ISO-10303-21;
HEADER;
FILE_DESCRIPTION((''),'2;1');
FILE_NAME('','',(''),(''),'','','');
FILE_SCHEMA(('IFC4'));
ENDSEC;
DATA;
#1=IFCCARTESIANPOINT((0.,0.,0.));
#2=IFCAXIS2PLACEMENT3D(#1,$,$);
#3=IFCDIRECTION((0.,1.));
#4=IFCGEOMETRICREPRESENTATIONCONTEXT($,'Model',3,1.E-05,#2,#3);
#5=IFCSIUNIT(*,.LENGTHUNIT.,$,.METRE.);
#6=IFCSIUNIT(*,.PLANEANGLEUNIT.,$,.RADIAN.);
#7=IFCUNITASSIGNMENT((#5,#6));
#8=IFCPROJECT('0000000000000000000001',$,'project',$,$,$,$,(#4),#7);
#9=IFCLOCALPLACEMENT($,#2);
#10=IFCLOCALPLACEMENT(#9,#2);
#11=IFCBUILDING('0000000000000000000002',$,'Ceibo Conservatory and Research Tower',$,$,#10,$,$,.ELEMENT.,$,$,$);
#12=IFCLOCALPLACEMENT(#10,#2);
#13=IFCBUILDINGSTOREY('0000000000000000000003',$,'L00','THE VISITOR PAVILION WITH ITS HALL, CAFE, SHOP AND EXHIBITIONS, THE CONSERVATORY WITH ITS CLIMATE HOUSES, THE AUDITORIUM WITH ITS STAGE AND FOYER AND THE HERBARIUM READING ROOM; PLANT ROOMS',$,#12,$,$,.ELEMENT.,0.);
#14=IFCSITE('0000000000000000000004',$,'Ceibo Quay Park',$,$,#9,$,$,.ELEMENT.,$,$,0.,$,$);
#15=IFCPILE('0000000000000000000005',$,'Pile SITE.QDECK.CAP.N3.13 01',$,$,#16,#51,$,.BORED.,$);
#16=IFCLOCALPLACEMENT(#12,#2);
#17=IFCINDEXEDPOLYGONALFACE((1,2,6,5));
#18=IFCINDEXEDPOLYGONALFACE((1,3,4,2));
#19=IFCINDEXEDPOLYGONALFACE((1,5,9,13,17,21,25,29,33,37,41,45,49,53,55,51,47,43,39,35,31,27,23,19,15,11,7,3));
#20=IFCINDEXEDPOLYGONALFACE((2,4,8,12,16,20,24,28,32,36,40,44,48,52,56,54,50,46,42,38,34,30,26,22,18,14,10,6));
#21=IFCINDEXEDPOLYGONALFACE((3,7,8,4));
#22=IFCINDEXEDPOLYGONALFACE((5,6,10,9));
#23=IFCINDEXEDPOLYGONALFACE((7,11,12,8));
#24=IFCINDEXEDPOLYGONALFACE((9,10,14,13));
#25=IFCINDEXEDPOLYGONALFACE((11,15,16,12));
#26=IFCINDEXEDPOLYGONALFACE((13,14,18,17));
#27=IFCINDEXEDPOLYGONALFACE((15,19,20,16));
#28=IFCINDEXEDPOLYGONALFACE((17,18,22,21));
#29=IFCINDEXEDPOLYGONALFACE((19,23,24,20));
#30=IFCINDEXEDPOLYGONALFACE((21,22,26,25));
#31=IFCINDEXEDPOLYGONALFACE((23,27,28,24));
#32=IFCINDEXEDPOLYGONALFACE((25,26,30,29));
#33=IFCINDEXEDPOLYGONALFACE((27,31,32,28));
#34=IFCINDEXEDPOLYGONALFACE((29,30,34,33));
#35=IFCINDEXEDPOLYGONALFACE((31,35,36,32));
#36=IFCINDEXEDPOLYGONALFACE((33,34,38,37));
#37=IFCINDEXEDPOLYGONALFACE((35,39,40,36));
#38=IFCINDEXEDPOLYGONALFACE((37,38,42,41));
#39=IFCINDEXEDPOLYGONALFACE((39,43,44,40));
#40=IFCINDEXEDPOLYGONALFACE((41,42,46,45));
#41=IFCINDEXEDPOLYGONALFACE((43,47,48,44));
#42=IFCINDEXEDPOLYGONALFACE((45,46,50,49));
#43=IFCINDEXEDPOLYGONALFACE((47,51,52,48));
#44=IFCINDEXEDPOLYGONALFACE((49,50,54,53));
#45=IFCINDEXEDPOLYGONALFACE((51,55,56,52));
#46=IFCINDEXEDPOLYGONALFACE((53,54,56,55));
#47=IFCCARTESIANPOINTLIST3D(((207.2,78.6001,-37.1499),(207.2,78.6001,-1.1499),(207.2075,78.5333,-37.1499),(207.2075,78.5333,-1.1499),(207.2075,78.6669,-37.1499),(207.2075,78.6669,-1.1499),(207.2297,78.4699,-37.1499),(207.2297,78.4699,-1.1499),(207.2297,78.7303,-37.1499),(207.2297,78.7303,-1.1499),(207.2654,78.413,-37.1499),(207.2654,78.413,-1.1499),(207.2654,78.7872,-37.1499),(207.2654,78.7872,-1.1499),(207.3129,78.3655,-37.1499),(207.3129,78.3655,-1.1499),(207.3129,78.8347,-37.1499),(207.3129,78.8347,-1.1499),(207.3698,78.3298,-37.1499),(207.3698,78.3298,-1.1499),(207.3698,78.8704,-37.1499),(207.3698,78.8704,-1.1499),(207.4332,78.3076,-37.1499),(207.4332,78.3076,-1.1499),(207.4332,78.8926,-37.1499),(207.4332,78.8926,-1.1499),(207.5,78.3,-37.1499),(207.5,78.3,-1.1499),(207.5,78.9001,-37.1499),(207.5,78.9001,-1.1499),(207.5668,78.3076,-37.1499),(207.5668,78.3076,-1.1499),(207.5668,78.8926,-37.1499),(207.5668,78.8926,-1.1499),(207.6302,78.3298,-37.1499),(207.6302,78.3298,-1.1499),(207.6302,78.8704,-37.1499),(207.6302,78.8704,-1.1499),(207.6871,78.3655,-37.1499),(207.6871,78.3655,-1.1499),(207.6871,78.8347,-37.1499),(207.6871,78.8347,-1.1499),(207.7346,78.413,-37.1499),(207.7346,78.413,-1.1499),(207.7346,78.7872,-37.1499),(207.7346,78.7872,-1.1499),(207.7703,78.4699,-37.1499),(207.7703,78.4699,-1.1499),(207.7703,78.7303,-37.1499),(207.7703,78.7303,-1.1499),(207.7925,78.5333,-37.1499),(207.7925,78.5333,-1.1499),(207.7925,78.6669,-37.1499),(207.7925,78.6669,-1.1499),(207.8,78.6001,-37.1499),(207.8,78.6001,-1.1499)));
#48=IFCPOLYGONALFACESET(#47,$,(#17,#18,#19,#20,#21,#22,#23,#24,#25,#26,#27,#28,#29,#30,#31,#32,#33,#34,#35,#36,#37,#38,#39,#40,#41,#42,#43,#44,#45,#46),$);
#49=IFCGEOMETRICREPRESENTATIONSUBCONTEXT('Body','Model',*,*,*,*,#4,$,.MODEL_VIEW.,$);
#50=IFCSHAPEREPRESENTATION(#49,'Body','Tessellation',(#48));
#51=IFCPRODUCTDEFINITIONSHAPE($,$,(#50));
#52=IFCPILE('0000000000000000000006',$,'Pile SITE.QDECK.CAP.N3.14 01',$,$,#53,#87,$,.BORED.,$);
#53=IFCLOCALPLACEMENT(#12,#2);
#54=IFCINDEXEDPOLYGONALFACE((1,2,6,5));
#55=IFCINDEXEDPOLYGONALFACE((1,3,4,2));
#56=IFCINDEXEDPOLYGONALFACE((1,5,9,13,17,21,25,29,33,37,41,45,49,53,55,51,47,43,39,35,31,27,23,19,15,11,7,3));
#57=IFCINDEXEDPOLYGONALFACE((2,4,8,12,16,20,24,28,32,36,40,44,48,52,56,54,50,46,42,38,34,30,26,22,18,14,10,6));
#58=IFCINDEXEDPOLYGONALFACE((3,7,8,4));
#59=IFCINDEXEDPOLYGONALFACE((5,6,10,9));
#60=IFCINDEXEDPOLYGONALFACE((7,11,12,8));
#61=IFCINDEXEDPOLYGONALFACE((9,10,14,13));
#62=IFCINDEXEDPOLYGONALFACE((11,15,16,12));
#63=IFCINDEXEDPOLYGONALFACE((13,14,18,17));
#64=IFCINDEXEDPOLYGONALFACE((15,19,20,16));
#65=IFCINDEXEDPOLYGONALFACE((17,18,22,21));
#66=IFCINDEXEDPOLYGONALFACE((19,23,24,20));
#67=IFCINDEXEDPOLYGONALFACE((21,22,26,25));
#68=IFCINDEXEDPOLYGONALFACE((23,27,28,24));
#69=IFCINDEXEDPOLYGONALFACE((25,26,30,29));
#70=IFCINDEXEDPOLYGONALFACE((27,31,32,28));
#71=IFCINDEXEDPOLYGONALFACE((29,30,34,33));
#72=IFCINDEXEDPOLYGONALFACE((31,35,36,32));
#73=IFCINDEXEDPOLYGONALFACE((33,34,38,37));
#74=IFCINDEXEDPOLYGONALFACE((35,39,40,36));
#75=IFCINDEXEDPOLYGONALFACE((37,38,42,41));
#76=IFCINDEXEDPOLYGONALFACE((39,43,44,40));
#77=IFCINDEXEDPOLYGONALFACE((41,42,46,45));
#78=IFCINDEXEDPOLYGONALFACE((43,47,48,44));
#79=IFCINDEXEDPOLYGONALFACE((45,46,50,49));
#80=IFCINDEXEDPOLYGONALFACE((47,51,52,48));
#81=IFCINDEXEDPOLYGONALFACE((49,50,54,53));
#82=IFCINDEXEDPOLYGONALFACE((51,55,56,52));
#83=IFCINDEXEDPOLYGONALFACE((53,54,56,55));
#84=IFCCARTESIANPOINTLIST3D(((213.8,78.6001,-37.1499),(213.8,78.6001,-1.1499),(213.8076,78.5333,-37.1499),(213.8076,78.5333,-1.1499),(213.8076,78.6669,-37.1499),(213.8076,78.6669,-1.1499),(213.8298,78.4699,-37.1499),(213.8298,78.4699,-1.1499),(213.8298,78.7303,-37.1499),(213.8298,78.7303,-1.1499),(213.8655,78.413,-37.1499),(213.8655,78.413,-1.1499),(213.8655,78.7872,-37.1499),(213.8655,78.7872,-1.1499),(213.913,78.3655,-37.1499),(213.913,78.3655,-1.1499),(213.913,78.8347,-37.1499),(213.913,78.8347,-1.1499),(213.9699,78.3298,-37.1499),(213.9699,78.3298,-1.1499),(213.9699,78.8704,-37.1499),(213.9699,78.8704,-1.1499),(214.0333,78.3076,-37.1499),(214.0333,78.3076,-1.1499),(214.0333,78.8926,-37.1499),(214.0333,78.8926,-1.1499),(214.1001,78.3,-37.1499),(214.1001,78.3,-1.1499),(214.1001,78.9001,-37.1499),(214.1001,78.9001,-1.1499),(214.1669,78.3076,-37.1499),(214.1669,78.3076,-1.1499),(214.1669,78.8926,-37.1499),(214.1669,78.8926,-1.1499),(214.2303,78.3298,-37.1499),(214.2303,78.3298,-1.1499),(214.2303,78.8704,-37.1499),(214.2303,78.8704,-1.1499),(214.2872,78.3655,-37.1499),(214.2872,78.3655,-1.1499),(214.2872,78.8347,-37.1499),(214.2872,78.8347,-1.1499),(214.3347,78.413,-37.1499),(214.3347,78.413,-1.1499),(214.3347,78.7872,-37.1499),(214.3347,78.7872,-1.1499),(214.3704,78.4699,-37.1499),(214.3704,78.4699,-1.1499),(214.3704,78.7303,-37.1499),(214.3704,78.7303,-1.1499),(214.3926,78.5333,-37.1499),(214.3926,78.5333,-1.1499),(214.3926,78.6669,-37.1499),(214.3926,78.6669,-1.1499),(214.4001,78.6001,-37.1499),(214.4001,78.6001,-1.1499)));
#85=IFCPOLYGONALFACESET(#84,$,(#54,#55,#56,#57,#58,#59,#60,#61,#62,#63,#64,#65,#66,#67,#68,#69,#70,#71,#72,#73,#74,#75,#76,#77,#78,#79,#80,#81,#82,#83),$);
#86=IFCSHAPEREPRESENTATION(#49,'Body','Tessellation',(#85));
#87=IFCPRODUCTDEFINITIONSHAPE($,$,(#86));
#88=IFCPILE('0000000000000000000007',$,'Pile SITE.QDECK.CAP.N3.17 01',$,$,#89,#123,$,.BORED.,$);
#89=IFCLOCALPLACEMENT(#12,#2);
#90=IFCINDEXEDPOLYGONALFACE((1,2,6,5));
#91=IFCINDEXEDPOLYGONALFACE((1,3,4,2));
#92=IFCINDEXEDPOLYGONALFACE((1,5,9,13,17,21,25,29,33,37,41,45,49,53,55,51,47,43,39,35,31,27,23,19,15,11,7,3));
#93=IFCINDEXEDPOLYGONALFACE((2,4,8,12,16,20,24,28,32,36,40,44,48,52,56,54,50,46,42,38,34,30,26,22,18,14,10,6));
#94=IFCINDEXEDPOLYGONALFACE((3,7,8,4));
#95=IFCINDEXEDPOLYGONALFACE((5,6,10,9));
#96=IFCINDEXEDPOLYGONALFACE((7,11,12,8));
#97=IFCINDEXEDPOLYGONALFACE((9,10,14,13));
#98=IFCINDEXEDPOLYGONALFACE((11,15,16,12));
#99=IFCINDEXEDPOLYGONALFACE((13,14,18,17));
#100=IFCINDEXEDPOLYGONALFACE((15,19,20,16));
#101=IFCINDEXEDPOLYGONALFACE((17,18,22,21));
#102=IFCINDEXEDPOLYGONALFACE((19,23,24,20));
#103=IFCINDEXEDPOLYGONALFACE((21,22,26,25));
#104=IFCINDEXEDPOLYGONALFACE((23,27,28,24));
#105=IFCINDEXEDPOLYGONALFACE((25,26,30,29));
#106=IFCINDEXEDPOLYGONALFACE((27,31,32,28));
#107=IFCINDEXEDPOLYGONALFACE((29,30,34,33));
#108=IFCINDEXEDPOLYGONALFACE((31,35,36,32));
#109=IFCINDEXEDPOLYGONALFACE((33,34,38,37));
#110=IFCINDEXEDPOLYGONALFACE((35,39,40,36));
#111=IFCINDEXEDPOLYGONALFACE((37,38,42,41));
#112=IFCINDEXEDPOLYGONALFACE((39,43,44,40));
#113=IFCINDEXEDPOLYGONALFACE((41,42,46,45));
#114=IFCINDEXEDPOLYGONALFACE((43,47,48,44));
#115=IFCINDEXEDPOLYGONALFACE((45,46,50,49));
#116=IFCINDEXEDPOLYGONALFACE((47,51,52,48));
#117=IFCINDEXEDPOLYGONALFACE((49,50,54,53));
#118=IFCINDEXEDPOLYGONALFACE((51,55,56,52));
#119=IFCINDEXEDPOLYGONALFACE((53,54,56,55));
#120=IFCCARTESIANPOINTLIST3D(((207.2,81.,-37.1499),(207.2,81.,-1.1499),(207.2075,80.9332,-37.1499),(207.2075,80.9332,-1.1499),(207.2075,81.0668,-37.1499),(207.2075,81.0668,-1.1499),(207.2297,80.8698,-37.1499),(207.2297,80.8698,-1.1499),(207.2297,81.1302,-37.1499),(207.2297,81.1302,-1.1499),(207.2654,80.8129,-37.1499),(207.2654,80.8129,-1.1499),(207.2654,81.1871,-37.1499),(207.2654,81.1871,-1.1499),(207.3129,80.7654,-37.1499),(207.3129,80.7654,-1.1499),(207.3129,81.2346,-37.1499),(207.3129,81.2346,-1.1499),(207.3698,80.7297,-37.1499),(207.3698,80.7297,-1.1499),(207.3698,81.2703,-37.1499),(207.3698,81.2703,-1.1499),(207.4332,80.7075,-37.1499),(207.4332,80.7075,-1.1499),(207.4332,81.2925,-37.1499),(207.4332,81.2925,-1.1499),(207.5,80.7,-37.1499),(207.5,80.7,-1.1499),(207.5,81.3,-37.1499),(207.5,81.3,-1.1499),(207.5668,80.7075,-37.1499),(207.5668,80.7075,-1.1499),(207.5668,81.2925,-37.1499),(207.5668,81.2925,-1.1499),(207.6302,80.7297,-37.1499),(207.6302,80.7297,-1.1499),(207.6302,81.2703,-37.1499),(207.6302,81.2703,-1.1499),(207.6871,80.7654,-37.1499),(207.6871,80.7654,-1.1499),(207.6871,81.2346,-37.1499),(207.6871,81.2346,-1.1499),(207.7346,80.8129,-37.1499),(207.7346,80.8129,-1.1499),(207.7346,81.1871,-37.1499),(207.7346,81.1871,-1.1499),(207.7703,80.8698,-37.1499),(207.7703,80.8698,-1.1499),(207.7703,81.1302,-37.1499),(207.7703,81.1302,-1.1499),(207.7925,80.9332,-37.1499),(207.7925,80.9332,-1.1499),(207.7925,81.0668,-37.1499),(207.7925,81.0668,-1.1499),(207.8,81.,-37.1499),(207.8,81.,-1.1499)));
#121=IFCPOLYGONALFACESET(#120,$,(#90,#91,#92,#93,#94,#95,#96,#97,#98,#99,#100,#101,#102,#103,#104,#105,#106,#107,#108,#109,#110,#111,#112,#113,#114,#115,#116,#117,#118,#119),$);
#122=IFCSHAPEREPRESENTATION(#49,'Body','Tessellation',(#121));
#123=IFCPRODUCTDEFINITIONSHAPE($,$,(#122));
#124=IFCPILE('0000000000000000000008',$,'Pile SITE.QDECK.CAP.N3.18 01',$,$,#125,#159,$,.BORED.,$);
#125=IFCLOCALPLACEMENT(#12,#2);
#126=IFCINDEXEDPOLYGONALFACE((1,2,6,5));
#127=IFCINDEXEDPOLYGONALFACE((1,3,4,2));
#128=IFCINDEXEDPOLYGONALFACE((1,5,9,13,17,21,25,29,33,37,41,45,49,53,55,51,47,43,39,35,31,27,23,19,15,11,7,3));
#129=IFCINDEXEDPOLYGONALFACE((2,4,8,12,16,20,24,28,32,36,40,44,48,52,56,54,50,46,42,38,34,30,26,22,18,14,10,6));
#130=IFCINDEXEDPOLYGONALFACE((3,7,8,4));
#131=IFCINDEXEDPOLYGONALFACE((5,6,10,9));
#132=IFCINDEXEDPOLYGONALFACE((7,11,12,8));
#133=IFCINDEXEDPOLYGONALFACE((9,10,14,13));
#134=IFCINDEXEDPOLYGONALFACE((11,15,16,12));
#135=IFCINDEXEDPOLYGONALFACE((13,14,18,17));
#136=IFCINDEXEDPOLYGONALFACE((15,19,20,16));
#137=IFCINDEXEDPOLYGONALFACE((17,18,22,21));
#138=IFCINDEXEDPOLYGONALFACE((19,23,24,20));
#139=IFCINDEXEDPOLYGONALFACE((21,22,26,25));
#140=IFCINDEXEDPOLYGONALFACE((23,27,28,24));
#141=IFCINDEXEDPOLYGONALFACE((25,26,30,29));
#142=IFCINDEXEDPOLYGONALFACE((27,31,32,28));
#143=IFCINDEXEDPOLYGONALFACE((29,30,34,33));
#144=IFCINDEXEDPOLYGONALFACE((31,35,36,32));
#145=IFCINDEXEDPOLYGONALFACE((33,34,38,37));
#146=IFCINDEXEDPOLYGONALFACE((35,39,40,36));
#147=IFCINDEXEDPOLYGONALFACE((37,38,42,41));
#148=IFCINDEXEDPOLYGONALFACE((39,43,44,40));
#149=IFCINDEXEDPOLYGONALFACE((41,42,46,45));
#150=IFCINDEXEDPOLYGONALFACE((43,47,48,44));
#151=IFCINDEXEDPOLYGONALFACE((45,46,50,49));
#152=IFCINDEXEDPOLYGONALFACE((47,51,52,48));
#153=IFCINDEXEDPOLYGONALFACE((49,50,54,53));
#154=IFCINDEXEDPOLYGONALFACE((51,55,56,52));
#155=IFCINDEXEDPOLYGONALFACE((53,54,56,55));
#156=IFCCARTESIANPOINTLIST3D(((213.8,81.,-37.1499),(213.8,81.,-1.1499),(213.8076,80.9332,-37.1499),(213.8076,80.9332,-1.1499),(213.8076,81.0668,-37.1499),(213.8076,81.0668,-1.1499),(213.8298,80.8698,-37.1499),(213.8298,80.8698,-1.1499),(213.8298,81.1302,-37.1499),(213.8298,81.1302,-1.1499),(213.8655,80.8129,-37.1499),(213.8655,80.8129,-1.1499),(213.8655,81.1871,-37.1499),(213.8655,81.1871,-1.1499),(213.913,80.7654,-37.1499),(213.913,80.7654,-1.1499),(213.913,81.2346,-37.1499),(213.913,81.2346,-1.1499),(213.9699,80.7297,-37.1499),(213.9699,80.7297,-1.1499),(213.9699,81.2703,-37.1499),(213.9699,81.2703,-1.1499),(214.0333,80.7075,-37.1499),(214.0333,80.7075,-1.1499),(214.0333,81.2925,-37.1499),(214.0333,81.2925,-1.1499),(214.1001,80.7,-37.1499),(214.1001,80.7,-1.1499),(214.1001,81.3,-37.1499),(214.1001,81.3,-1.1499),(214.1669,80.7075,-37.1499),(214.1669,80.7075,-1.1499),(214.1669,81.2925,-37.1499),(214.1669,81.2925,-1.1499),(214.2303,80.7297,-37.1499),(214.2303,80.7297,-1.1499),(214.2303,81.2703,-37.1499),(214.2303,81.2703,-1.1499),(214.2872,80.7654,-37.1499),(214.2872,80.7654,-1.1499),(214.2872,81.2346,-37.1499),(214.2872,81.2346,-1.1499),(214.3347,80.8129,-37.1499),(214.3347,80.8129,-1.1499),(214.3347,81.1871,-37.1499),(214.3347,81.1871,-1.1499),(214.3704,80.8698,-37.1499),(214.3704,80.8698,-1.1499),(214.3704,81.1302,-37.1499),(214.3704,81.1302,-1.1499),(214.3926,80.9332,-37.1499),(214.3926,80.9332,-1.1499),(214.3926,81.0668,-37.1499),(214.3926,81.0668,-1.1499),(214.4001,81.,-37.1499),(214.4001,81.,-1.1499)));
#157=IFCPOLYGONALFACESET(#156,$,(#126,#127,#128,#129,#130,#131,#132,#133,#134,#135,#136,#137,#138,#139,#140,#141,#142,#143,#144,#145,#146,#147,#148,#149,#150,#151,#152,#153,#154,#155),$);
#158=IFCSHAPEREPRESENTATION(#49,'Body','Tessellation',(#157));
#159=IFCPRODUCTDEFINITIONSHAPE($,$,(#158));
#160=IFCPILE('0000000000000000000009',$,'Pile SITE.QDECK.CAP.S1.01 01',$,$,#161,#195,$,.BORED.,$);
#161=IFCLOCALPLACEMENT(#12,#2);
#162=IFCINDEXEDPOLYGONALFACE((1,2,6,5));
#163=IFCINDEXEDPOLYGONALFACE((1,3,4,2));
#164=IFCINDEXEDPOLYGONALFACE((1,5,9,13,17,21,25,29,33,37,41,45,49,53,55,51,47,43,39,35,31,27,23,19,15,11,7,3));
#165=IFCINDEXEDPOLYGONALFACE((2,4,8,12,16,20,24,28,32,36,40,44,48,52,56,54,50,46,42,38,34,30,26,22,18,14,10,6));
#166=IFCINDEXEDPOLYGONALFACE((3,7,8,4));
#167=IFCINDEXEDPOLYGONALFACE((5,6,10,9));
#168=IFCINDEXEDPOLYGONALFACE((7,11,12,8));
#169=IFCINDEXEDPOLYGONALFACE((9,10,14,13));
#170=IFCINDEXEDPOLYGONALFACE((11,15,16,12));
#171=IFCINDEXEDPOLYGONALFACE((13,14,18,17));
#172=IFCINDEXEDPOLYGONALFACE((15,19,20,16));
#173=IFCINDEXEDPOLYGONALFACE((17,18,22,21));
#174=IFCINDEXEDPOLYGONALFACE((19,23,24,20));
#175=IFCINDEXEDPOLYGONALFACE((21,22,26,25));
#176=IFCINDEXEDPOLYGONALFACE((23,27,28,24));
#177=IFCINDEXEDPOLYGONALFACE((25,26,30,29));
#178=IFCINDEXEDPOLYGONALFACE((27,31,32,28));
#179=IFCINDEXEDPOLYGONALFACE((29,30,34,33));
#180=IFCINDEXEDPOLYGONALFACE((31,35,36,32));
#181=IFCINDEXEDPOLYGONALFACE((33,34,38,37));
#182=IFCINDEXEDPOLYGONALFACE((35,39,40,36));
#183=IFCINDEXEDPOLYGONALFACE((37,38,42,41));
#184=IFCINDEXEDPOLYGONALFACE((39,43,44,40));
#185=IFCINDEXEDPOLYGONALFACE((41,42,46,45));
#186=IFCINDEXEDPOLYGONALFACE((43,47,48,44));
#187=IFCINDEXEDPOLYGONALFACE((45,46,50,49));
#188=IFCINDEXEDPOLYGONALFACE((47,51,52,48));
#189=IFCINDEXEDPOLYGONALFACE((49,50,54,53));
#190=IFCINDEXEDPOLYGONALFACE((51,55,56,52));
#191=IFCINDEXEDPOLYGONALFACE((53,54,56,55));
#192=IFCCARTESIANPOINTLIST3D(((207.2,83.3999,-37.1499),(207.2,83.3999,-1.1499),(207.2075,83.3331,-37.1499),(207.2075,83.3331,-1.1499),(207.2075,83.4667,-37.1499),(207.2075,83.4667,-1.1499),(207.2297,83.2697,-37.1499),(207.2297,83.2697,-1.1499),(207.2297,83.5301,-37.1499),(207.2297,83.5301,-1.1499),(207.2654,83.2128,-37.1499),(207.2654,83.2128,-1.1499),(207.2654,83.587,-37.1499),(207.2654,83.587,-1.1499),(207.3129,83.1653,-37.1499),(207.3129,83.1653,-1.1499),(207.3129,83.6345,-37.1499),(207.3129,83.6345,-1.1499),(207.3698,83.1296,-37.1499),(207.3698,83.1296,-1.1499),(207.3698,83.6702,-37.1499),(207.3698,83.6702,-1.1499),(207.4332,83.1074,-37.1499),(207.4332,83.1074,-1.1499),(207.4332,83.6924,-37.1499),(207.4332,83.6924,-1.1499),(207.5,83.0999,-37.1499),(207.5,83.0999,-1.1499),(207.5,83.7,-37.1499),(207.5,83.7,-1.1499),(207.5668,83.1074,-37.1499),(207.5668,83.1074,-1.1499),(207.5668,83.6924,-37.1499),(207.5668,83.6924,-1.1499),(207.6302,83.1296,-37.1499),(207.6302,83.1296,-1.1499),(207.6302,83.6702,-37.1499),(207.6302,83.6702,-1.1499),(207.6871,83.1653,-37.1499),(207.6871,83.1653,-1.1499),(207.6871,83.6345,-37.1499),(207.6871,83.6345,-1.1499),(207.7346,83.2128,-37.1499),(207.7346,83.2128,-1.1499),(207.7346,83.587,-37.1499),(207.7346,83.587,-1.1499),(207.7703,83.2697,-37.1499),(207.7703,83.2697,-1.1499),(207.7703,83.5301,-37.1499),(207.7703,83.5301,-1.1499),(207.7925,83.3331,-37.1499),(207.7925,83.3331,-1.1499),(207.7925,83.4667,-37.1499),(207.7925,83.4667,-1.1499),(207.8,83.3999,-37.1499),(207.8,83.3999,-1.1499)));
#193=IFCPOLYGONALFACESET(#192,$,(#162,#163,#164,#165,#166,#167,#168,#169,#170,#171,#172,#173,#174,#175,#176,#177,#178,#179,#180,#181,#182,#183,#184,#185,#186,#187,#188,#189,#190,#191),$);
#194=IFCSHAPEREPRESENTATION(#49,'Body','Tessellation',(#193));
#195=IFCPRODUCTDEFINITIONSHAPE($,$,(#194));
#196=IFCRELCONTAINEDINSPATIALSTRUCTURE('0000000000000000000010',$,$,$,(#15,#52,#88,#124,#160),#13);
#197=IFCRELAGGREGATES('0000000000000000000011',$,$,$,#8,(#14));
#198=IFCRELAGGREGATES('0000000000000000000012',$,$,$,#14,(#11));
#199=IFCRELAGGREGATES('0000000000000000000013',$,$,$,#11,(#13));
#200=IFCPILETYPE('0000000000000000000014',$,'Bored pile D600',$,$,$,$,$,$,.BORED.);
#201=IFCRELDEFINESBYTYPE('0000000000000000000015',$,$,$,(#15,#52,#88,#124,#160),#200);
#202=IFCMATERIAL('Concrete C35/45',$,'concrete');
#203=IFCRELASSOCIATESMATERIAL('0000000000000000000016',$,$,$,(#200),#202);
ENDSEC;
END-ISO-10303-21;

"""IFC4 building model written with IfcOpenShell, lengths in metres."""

from ifc_helpers import new_model, si_unit, direction, frame, origin, origin_2d, place, context, subcontext, project, spatial, circle, extrude, material, material_profile, profile_set, type_object, element, save


model = new_model("IFC4")

# Units and contexts
model_context = context("Model", 3, precision=1e-05, world=origin(), true_north=direction((0.0, 1.0)))
body_context = subcontext(model_context, "Body", "Model", "MODEL_VIEW")
ifc_project = project(units=[si_unit("LENGTHUNIT", "METRE"), si_unit("PLANEANGLEUNIT", "RADIAN")], contexts=[model_context])

# Site, building, storey
site_placement = place(None, origin())
site = spatial("IfcSite", under=ifc_project, at=site_placement, Name="Ceibo Quay Park", CompositionType="ELEMENT", RefElevation=0.0)
building_placement = place(site_placement, origin())
building = spatial("IfcBuilding", under=site, at=building_placement, Name="Ceibo Conservatory and Research Tower", CompositionType="ELEMENT")
storey_placement = place(building_placement, origin())
storey = spatial("IfcBuildingStorey", under=building, at=storey_placement, Name="L00", Description="THE VISITOR PAVILION WITH ITS HALL, CAFE, SHOP AND EXHIBITIONS, THE CONSERVATORY WITH ITS CLIMATE HOUSES, THE AUDITORIUM WITH ITS STAGE AND FOYER AND THE HERBARIUM READING ROOM; PLANT ROOMS", CompositionType="ELEMENT", Elevation=0.0)

# Piles
ifc_material_1 = material(Name="Concrete C35/45", Category="concrete")
ifc_material_profile_1 = material_profile(ifc_material_1, circle(Radius=0.3, at=origin_2d()), Name="RC D600")
ifc_profile_set_1 = profile_set([ifc_material_profile_1], Name="Concrete C35/45")
pile_type = type_object("IfcPileType", Name="Bored pile D600", PredefinedType="BORED", material=ifc_profile_set_1)
for number, where, z_axis, x_axis, name in (
    (1, (207.5, 78.6001, -1.1499), (0.0, 0.0, -1.0), (1.0, 0.0, 0.0), "Pile SITE.QDECK.CAP.N3.13 01"),
    (2, (214.1001, 78.6001, -1.1499), (0.0, 0.0, -1.0), (1.0, 0.0, 0.0), "Pile SITE.QDECK.CAP.N3.14 01"),
    (3, (207.5, 81.0, -1.1499), (0.0, 0.0, -1.0), (1.0, 0.0, 0.0), "Pile SITE.QDECK.CAP.N3.17 01"),
    (4, (214.1001, 81.0, -1.1499), (0.0, 0.0, -1.0), (1.0, 0.0, 0.0), "Pile SITE.QDECK.CAP.N3.18 01"),
    (5, (207.5, 83.3999, -1.1499), (0.0, 0.0, -1.0), (1.0, 0.0, 0.0), "Pile SITE.QDECK.CAP.S1.01 01"),
):
    element("IfcPile", number, at=place(storey_placement, frame(where, z_axis=z_axis, x_axis=x_axis)), inside=storey, type_object=pile_type, Name=name, PredefinedType="BORED", context=body_context, shape_type="SweptSolid", body=[
        extrude(circle(Radius=0.3, at=origin_2d()), origin(), (0.0, 0.0, 1.0), 36.0),
    ])

save(model, "model.ifc")
